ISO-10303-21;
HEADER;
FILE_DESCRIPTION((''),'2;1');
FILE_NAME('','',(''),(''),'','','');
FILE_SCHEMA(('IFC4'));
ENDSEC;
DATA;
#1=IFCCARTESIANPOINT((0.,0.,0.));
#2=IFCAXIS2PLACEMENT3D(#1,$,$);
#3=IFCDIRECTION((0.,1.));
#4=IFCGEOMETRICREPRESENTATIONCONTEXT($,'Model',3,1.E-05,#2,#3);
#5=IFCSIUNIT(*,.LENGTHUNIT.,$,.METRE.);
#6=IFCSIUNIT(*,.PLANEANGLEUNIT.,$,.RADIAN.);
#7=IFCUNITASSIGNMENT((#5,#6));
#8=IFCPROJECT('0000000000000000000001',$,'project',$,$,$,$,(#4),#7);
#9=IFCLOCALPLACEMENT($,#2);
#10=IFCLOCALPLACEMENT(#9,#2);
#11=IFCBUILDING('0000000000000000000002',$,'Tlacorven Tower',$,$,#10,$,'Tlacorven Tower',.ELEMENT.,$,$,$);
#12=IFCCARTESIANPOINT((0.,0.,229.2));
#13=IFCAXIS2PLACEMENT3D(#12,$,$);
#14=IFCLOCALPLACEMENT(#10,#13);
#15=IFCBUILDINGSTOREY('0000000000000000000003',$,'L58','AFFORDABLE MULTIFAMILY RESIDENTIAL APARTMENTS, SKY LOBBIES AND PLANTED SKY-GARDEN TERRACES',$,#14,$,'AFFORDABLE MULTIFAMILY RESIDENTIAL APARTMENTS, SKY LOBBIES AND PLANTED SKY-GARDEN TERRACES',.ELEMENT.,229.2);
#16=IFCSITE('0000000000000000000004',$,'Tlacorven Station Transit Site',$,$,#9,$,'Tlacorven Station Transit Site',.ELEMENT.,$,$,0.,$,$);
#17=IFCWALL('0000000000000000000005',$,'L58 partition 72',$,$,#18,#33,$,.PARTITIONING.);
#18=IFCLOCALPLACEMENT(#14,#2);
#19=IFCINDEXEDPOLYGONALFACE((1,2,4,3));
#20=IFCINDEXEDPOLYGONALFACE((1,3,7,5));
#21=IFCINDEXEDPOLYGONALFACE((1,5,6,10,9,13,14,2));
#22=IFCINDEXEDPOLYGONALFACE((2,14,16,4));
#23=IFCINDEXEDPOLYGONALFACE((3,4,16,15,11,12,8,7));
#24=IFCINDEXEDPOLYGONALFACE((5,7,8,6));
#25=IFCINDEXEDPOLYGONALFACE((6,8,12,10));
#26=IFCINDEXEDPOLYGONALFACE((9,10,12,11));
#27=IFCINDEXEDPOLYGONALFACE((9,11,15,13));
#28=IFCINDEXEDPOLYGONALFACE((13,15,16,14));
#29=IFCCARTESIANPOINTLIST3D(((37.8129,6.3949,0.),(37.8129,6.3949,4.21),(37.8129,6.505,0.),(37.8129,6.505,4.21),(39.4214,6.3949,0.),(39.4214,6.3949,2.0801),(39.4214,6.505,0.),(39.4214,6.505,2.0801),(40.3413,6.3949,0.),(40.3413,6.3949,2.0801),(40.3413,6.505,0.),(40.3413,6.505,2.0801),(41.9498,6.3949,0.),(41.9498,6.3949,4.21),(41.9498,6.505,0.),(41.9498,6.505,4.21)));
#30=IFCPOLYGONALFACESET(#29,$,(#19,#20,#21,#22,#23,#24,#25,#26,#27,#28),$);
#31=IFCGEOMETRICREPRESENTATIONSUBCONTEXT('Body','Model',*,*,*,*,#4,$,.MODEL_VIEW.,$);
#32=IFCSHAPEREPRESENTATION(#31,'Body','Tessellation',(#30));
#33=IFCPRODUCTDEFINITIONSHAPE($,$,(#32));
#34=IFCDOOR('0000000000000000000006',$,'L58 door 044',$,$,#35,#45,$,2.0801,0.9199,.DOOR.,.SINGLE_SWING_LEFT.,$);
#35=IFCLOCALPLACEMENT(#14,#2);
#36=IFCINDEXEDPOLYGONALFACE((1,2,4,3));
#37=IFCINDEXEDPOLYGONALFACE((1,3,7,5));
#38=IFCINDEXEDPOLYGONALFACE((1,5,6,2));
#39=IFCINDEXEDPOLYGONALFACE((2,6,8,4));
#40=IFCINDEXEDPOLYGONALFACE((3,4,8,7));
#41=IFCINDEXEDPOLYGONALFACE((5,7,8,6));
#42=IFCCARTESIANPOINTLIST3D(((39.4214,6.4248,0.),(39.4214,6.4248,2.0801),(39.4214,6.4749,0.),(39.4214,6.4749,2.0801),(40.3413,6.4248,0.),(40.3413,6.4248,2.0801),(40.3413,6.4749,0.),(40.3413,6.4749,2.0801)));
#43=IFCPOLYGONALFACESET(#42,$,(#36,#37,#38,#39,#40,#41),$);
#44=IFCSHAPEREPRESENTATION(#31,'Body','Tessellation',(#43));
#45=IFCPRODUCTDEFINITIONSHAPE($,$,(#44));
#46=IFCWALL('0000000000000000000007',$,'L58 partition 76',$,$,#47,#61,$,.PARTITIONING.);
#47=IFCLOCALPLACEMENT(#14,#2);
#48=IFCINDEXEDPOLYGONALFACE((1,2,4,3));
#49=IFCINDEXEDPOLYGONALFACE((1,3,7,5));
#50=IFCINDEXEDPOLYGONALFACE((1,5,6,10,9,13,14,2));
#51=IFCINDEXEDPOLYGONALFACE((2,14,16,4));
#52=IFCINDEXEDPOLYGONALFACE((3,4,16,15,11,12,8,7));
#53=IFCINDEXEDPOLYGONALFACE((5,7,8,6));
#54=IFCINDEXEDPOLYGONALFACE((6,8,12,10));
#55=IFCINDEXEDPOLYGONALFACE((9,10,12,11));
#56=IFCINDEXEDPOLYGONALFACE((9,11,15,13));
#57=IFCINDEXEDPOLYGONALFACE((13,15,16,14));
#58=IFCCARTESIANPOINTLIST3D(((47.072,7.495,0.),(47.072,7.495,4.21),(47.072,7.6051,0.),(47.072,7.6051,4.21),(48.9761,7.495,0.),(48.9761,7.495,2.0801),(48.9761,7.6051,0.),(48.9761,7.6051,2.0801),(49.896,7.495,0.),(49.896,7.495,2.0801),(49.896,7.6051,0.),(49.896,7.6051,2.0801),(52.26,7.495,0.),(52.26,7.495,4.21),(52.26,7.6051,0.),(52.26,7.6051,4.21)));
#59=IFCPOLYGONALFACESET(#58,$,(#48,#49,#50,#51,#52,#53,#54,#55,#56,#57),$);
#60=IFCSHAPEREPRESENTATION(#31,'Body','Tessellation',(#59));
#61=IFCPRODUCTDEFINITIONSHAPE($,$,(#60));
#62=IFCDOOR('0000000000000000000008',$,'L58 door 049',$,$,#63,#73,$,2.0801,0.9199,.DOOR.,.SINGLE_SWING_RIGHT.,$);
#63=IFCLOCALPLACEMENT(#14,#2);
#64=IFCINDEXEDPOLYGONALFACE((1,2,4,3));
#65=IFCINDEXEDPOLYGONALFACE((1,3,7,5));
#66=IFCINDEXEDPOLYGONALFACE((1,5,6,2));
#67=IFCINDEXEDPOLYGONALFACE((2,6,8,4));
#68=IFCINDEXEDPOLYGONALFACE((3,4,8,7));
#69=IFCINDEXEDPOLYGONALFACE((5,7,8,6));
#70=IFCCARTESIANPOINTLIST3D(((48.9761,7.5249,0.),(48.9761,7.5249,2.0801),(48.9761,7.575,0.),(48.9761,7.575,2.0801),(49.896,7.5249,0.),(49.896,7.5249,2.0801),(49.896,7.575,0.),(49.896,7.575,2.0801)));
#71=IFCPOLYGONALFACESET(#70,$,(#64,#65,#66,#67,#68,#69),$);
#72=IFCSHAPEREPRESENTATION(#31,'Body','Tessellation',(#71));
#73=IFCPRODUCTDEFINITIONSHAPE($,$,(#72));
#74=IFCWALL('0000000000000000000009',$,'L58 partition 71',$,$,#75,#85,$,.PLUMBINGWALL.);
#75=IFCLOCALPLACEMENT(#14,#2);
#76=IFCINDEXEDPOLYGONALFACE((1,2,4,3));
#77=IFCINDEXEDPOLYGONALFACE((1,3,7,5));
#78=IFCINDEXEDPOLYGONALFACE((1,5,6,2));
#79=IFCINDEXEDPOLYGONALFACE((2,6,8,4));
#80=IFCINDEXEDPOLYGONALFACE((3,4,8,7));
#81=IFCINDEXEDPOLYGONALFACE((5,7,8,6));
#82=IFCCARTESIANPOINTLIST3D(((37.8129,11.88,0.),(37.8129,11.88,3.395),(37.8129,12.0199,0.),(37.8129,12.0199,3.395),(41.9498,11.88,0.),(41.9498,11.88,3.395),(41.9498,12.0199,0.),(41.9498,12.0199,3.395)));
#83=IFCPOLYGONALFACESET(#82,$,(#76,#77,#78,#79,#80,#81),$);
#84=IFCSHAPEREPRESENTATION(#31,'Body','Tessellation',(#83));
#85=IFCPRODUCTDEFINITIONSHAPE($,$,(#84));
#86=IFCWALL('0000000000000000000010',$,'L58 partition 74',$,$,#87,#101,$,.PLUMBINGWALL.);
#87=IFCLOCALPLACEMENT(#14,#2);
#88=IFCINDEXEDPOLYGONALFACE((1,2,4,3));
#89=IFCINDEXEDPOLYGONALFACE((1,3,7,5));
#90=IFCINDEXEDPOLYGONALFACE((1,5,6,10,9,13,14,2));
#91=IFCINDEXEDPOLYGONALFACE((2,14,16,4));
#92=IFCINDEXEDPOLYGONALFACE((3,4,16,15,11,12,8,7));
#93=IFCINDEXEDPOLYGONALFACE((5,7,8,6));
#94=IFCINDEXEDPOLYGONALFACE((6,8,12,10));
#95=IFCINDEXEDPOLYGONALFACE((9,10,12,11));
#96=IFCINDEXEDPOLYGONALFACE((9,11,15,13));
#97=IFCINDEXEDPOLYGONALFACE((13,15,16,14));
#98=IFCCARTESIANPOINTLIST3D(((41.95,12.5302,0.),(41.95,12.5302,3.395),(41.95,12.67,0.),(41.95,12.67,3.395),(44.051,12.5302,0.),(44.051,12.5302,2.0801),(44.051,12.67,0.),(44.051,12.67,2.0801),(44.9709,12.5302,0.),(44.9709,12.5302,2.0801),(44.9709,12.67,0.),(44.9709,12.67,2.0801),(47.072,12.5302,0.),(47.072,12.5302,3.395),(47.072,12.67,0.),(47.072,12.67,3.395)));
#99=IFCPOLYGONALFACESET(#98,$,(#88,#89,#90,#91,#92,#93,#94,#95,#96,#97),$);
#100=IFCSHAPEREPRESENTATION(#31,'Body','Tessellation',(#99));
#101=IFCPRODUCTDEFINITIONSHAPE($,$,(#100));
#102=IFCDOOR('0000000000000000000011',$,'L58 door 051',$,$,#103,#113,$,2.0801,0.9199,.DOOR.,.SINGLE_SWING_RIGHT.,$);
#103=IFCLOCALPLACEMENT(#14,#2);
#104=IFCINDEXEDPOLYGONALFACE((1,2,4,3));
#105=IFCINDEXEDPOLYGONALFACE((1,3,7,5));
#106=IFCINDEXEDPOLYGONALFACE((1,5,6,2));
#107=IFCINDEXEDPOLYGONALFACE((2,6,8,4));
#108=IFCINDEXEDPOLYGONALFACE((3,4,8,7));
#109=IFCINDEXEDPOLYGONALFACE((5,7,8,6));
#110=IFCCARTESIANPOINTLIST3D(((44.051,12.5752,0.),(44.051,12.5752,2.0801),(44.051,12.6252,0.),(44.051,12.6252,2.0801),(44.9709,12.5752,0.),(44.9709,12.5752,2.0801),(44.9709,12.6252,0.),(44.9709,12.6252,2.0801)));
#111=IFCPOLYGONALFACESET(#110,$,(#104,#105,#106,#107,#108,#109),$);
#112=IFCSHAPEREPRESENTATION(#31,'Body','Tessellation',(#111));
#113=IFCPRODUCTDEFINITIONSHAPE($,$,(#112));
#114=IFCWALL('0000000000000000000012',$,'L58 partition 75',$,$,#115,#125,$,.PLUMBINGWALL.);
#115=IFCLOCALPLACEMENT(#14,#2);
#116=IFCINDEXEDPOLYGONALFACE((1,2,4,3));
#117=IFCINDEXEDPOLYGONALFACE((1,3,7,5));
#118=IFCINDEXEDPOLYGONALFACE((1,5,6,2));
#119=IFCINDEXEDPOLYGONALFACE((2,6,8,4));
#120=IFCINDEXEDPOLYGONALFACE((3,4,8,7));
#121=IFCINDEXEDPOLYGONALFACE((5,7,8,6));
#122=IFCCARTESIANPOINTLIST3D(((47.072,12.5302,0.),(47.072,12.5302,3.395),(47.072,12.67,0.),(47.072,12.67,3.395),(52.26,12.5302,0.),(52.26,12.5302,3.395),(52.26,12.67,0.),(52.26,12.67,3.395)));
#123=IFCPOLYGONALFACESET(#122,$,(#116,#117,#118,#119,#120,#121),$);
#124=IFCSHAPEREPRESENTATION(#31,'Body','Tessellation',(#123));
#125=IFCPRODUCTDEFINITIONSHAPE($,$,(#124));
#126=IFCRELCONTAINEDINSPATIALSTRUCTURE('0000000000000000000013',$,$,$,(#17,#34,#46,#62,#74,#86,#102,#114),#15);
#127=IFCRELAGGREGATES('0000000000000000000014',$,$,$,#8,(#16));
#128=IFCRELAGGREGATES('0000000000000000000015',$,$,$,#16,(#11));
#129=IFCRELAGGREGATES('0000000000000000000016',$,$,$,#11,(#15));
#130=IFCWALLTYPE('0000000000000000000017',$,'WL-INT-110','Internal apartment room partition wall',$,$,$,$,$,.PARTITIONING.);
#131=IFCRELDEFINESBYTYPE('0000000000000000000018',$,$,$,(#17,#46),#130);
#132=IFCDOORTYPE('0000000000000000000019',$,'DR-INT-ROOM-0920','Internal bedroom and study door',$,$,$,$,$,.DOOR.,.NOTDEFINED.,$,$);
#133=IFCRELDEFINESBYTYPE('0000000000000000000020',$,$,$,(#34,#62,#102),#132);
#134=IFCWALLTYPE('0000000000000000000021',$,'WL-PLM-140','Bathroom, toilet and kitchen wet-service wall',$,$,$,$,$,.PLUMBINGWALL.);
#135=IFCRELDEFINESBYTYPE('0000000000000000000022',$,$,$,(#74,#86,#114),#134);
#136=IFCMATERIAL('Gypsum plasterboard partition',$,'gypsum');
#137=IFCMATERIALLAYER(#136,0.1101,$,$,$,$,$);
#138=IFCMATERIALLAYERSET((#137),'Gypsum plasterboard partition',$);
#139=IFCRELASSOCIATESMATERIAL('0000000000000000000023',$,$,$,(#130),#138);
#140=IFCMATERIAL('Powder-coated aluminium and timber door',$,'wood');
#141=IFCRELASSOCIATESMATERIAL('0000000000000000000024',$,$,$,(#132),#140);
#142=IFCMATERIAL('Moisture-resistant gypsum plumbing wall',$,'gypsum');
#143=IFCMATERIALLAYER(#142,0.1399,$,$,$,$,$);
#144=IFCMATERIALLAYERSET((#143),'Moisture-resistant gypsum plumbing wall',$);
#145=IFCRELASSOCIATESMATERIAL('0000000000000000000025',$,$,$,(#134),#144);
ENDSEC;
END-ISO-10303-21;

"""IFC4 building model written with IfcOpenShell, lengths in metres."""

from ifc_helpers import new_model, si_unit, direction, frame, frame_2d, origin, place, context, subcontext, project, spatial, rectangle, extrude, source, transform, mapped, material, layer, layer_set, type_object, element, fill, save


model = new_model("IFC4")

# Units and contexts
model_context = context("Model", 3, precision=1e-05, world=origin(), true_north=direction((0.0, 1.0)))
body_context = subcontext(model_context, "Body", "Model", "MODEL_VIEW")
ifc_project = project(units=[si_unit("LENGTHUNIT", "METRE"), si_unit("PLANEANGLEUNIT", "RADIAN")], contexts=[model_context])

# Site, building, storey
site_placement = place(None, origin())
site = spatial("IfcSite", under=ifc_project, at=site_placement, Name="Tlacorven Station Transit Site", LongName="Tlacorven Station Transit Site", CompositionType="ELEMENT", RefElevation=0.0)
building_placement = place(site_placement, origin())
building = spatial("IfcBuilding", under=site, at=building_placement, Name="Tlacorven Tower", LongName="Tlacorven Tower", CompositionType="ELEMENT")
storey_placement = place(building_placement, frame((0.0, 0.0, 229.2)))
storey = spatial("IfcBuildingStorey", under=building, at=storey_placement, Name="L58", Description="AFFORDABLE MULTIFAMILY RESIDENTIAL APARTMENTS, SKY LOBBIES AND PLANTED SKY-GARDEN TERRACES", LongName="AFFORDABLE MULTIFAMILY RESIDENTIAL APARTMENTS, SKY LOBBIES AND PLANTED SKY-GARDEN TERRACES", CompositionType="ELEMENT", Elevation=229.2)

# Walls, openings, doors
ifc_material_1 = material(Name="Gypsum plasterboard partition", Category="gypsum")
ifc_layer_1 = layer(ifc_material_1, 0.1101)
ifc_layer_set_1 = layer_set([ifc_layer_1], Name="Gypsum plasterboard partition")
wall_type_1 = type_object("IfcWallType", Name="WL-INT-110", Description="Internal apartment room partition wall", PredefinedType="PARTITIONING", material=ifc_layer_set_1)
wall_1_placement = place(storey_placement, frame((37.813, 6.45, 0.0), z_axis=(0.0, 0.0, 1.0), x_axis=(1.0, 0.0, 0.0)))
wall_1 = element("IfcWall", 1, at=wall_1_placement, inside=storey, type_object=wall_type_1, Name="L58 partition 72", PredefinedType="PARTITIONING", context=body_context, shape_type="SweptSolid", body=[
    extrude(rectangle(XDim=4.137, YDim=0.1101, at=frame_2d((2.0684, 0.0))), origin(), (0.0, 0.0, 1.0), 4.21),
])
opening_1_placement = place(wall_1_placement, frame((1.6084, 0.0, 0.0)))
opening_1 = element("IfcOpeningElement", 2, at=opening_1_placement, cuts=wall_1, PredefinedType="OPENING", context=body_context, shape_type="SweptSolid", body=[
    extrude(rectangle(XDim=0.9199, YDim=2.0801, at=frame_2d((0.46, 1.04))), frame((0.0, 0.0649, 0.0), z_axis=(0.0, -1.0, 0.0), x_axis=(1.0, 0.0, 0.0)), (0.0, 0.0, 1.0), 0.1301),
])
ifc_material_2 = material(Name="Powder-coated aluminium and timber door", Category="wood")
door_type_1 = type_object("IfcDoorType", Name="DR-INT-ROOM-0920", Description="Internal bedroom and study door", OperationType="NOTDEFINED", PredefinedType="DOOR", material=ifc_material_2)
shared_shape_1 = source(origin(), body_context, "Body", "SweptSolid", [
    extrude(rectangle(XDim=0.9199, YDim=2.0801, at=frame_2d((0.46, 1.04))), frame((0.0, 0.0249, 0.0), z_axis=(0.0, -1.0, 0.0), x_axis=(1.0, 0.0, 0.0)), (0.0, 0.0, 1.0), 0.05),
])
door_1_placement = place(opening_1_placement, origin())
door_1 = element("IfcDoor", 3, at=door_1_placement, inside=storey, type_object=door_type_1, Name="L58 door 044", OperationType="SINGLE_SWING_LEFT", OverallHeight=2.0801, OverallWidth=0.9199, PredefinedType="DOOR", context=body_context, shape_type="MappedRepresentation", body=[
    mapped(shared_shape_1, transform((0.0, 0.0, 0.0), scale=1.0)),
])
fill(opening_1, door_1)
wall_2_placement = place(storey_placement, frame((47.072, 7.55, 0.0), z_axis=(0.0, 0.0, 1.0), x_axis=(1.0, 0.0, 0.0)))
wall_2 = element("IfcWall", 4, at=wall_2_placement, inside=storey, type_object=wall_type_1, Name="L58 partition 76", PredefinedType="PARTITIONING", context=body_context, shape_type="SweptSolid", body=[
    extrude(rectangle(XDim=5.188, YDim=0.1101, at=frame_2d((2.594, 0.0))), origin(), (0.0, 0.0, 1.0), 4.21),
])
opening_2_placement = place(wall_2_placement, frame((1.9041, 0.0, 0.0)))
opening_2 = element("IfcOpeningElement", 5, at=opening_2_placement, cuts=wall_2, PredefinedType="OPENING", context=body_context, shape_type="SweptSolid", body=[
    extrude(rectangle(XDim=0.9199, YDim=2.0801, at=frame_2d((0.46, 1.04))), frame((0.0, 0.0649, 0.0), z_axis=(0.0, -1.0, 0.0), x_axis=(1.0, 0.0, 0.0)), (0.0, 0.0, 1.0), 0.1301),
])
door_2_placement = place(opening_2_placement, origin())
door_2 = element("IfcDoor", 6, at=door_2_placement, inside=storey, type_object=door_type_1, Name="L58 door 049", OperationType="SINGLE_SWING_RIGHT", OverallHeight=2.0801, OverallWidth=0.9199, PredefinedType="DOOR", context=body_context, shape_type="MappedRepresentation", body=[
    mapped(shared_shape_1, transform((0.0, 0.0, 0.0), scale=1.0)),
])
fill(opening_2, door_2)

# Wall
ifc_material_3 = material(Name="Moisture-resistant gypsum plumbing wall", Category="gypsum")
ifc_layer_2 = layer(ifc_material_3, 0.1399)
ifc_layer_set_2 = layer_set([ifc_layer_2], Name="Moisture-resistant gypsum plumbing wall")
wall_type_2 = type_object("IfcWallType", Name="WL-PLM-140", Description="Bathroom, toilet and kitchen wet-service wall", PredefinedType="PLUMBINGWALL", material=ifc_layer_set_2)
wall_3_placement = place(storey_placement, frame((37.813, 11.95, 0.0), z_axis=(0.0, 0.0, 1.0), x_axis=(1.0, 0.0, 0.0)))
element("IfcWall", 7, at=wall_3_placement, inside=storey, type_object=wall_type_2, Name="L58 partition 71", PredefinedType="PLUMBINGWALL", context=body_context, shape_type="SweptSolid", body=[
    extrude(rectangle(XDim=4.137, YDim=0.1399, at=frame_2d((2.0684, 0.0))), origin(), (0.0, 0.0, 1.0), 3.395),
])

# Wall, opening, door
wall_4_placement = place(storey_placement, frame((41.95, 12.6001, 0.0), z_axis=(0.0, 0.0, 1.0), x_axis=(1.0, 0.0, 0.0)))
wall_4 = element("IfcWall", 8, at=wall_4_placement, inside=storey, type_object=wall_type_2, Name="L58 partition 74", PredefinedType="PLUMBINGWALL", context=body_context, shape_type="SweptSolid", body=[
    extrude(rectangle(XDim=5.1221, YDim=0.1399, at=frame_2d((2.561, 0.0))), origin(), (0.0, 0.0, 1.0), 3.395),
])
opening_3_placement = place(wall_4_placement, frame((2.1011, 0.0, 0.0)))
opening_3 = element("IfcOpeningElement", 9, at=opening_3_placement, cuts=wall_4, PredefinedType="OPENING", context=body_context, shape_type="SweptSolid", body=[
    extrude(rectangle(XDim=0.9199, YDim=2.0801, at=frame_2d((0.46, 1.04))), frame((0.0, 0.0801, 0.0), z_axis=(0.0, -1.0, 0.0), x_axis=(1.0, 0.0, 0.0)), (0.0, 0.0, 1.0), 0.1599),
])
door_3_placement = place(opening_3_placement, frame((0.9199, 0.0, 0.0), z_axis=(0.0, 0.0, 1.0), x_axis=(-1.0, 0.0, 0.0)))
door_3 = element("IfcDoor", 10, at=door_3_placement, inside=storey, type_object=door_type_1, Name="L58 door 051", OperationType="SINGLE_SWING_RIGHT", OverallHeight=2.0801, OverallWidth=0.9199, PredefinedType="DOOR", context=body_context, shape_type="MappedRepresentation", body=[
    mapped(shared_shape_1, transform((0.0, 0.0, 0.0), scale=1.0)),
])
fill(opening_3, door_3)

# Wall
wall_5_placement = place(storey_placement, frame((47.072, 12.6001, 0.0), z_axis=(0.0, 0.0, 1.0), x_axis=(1.0, 0.0, 0.0)))
element("IfcWall", 11, at=wall_5_placement, inside=storey, type_object=wall_type_2, Name="L58 partition 75", PredefinedType="PLUMBINGWALL", context=body_context, shape_type="SweptSolid", body=[
    extrude(rectangle(XDim=5.188, YDim=0.1399, at=frame_2d((2.594, 0.0))), origin(), (0.0, 0.0, 1.0), 3.395),
])

save(model, "model.ifc")
